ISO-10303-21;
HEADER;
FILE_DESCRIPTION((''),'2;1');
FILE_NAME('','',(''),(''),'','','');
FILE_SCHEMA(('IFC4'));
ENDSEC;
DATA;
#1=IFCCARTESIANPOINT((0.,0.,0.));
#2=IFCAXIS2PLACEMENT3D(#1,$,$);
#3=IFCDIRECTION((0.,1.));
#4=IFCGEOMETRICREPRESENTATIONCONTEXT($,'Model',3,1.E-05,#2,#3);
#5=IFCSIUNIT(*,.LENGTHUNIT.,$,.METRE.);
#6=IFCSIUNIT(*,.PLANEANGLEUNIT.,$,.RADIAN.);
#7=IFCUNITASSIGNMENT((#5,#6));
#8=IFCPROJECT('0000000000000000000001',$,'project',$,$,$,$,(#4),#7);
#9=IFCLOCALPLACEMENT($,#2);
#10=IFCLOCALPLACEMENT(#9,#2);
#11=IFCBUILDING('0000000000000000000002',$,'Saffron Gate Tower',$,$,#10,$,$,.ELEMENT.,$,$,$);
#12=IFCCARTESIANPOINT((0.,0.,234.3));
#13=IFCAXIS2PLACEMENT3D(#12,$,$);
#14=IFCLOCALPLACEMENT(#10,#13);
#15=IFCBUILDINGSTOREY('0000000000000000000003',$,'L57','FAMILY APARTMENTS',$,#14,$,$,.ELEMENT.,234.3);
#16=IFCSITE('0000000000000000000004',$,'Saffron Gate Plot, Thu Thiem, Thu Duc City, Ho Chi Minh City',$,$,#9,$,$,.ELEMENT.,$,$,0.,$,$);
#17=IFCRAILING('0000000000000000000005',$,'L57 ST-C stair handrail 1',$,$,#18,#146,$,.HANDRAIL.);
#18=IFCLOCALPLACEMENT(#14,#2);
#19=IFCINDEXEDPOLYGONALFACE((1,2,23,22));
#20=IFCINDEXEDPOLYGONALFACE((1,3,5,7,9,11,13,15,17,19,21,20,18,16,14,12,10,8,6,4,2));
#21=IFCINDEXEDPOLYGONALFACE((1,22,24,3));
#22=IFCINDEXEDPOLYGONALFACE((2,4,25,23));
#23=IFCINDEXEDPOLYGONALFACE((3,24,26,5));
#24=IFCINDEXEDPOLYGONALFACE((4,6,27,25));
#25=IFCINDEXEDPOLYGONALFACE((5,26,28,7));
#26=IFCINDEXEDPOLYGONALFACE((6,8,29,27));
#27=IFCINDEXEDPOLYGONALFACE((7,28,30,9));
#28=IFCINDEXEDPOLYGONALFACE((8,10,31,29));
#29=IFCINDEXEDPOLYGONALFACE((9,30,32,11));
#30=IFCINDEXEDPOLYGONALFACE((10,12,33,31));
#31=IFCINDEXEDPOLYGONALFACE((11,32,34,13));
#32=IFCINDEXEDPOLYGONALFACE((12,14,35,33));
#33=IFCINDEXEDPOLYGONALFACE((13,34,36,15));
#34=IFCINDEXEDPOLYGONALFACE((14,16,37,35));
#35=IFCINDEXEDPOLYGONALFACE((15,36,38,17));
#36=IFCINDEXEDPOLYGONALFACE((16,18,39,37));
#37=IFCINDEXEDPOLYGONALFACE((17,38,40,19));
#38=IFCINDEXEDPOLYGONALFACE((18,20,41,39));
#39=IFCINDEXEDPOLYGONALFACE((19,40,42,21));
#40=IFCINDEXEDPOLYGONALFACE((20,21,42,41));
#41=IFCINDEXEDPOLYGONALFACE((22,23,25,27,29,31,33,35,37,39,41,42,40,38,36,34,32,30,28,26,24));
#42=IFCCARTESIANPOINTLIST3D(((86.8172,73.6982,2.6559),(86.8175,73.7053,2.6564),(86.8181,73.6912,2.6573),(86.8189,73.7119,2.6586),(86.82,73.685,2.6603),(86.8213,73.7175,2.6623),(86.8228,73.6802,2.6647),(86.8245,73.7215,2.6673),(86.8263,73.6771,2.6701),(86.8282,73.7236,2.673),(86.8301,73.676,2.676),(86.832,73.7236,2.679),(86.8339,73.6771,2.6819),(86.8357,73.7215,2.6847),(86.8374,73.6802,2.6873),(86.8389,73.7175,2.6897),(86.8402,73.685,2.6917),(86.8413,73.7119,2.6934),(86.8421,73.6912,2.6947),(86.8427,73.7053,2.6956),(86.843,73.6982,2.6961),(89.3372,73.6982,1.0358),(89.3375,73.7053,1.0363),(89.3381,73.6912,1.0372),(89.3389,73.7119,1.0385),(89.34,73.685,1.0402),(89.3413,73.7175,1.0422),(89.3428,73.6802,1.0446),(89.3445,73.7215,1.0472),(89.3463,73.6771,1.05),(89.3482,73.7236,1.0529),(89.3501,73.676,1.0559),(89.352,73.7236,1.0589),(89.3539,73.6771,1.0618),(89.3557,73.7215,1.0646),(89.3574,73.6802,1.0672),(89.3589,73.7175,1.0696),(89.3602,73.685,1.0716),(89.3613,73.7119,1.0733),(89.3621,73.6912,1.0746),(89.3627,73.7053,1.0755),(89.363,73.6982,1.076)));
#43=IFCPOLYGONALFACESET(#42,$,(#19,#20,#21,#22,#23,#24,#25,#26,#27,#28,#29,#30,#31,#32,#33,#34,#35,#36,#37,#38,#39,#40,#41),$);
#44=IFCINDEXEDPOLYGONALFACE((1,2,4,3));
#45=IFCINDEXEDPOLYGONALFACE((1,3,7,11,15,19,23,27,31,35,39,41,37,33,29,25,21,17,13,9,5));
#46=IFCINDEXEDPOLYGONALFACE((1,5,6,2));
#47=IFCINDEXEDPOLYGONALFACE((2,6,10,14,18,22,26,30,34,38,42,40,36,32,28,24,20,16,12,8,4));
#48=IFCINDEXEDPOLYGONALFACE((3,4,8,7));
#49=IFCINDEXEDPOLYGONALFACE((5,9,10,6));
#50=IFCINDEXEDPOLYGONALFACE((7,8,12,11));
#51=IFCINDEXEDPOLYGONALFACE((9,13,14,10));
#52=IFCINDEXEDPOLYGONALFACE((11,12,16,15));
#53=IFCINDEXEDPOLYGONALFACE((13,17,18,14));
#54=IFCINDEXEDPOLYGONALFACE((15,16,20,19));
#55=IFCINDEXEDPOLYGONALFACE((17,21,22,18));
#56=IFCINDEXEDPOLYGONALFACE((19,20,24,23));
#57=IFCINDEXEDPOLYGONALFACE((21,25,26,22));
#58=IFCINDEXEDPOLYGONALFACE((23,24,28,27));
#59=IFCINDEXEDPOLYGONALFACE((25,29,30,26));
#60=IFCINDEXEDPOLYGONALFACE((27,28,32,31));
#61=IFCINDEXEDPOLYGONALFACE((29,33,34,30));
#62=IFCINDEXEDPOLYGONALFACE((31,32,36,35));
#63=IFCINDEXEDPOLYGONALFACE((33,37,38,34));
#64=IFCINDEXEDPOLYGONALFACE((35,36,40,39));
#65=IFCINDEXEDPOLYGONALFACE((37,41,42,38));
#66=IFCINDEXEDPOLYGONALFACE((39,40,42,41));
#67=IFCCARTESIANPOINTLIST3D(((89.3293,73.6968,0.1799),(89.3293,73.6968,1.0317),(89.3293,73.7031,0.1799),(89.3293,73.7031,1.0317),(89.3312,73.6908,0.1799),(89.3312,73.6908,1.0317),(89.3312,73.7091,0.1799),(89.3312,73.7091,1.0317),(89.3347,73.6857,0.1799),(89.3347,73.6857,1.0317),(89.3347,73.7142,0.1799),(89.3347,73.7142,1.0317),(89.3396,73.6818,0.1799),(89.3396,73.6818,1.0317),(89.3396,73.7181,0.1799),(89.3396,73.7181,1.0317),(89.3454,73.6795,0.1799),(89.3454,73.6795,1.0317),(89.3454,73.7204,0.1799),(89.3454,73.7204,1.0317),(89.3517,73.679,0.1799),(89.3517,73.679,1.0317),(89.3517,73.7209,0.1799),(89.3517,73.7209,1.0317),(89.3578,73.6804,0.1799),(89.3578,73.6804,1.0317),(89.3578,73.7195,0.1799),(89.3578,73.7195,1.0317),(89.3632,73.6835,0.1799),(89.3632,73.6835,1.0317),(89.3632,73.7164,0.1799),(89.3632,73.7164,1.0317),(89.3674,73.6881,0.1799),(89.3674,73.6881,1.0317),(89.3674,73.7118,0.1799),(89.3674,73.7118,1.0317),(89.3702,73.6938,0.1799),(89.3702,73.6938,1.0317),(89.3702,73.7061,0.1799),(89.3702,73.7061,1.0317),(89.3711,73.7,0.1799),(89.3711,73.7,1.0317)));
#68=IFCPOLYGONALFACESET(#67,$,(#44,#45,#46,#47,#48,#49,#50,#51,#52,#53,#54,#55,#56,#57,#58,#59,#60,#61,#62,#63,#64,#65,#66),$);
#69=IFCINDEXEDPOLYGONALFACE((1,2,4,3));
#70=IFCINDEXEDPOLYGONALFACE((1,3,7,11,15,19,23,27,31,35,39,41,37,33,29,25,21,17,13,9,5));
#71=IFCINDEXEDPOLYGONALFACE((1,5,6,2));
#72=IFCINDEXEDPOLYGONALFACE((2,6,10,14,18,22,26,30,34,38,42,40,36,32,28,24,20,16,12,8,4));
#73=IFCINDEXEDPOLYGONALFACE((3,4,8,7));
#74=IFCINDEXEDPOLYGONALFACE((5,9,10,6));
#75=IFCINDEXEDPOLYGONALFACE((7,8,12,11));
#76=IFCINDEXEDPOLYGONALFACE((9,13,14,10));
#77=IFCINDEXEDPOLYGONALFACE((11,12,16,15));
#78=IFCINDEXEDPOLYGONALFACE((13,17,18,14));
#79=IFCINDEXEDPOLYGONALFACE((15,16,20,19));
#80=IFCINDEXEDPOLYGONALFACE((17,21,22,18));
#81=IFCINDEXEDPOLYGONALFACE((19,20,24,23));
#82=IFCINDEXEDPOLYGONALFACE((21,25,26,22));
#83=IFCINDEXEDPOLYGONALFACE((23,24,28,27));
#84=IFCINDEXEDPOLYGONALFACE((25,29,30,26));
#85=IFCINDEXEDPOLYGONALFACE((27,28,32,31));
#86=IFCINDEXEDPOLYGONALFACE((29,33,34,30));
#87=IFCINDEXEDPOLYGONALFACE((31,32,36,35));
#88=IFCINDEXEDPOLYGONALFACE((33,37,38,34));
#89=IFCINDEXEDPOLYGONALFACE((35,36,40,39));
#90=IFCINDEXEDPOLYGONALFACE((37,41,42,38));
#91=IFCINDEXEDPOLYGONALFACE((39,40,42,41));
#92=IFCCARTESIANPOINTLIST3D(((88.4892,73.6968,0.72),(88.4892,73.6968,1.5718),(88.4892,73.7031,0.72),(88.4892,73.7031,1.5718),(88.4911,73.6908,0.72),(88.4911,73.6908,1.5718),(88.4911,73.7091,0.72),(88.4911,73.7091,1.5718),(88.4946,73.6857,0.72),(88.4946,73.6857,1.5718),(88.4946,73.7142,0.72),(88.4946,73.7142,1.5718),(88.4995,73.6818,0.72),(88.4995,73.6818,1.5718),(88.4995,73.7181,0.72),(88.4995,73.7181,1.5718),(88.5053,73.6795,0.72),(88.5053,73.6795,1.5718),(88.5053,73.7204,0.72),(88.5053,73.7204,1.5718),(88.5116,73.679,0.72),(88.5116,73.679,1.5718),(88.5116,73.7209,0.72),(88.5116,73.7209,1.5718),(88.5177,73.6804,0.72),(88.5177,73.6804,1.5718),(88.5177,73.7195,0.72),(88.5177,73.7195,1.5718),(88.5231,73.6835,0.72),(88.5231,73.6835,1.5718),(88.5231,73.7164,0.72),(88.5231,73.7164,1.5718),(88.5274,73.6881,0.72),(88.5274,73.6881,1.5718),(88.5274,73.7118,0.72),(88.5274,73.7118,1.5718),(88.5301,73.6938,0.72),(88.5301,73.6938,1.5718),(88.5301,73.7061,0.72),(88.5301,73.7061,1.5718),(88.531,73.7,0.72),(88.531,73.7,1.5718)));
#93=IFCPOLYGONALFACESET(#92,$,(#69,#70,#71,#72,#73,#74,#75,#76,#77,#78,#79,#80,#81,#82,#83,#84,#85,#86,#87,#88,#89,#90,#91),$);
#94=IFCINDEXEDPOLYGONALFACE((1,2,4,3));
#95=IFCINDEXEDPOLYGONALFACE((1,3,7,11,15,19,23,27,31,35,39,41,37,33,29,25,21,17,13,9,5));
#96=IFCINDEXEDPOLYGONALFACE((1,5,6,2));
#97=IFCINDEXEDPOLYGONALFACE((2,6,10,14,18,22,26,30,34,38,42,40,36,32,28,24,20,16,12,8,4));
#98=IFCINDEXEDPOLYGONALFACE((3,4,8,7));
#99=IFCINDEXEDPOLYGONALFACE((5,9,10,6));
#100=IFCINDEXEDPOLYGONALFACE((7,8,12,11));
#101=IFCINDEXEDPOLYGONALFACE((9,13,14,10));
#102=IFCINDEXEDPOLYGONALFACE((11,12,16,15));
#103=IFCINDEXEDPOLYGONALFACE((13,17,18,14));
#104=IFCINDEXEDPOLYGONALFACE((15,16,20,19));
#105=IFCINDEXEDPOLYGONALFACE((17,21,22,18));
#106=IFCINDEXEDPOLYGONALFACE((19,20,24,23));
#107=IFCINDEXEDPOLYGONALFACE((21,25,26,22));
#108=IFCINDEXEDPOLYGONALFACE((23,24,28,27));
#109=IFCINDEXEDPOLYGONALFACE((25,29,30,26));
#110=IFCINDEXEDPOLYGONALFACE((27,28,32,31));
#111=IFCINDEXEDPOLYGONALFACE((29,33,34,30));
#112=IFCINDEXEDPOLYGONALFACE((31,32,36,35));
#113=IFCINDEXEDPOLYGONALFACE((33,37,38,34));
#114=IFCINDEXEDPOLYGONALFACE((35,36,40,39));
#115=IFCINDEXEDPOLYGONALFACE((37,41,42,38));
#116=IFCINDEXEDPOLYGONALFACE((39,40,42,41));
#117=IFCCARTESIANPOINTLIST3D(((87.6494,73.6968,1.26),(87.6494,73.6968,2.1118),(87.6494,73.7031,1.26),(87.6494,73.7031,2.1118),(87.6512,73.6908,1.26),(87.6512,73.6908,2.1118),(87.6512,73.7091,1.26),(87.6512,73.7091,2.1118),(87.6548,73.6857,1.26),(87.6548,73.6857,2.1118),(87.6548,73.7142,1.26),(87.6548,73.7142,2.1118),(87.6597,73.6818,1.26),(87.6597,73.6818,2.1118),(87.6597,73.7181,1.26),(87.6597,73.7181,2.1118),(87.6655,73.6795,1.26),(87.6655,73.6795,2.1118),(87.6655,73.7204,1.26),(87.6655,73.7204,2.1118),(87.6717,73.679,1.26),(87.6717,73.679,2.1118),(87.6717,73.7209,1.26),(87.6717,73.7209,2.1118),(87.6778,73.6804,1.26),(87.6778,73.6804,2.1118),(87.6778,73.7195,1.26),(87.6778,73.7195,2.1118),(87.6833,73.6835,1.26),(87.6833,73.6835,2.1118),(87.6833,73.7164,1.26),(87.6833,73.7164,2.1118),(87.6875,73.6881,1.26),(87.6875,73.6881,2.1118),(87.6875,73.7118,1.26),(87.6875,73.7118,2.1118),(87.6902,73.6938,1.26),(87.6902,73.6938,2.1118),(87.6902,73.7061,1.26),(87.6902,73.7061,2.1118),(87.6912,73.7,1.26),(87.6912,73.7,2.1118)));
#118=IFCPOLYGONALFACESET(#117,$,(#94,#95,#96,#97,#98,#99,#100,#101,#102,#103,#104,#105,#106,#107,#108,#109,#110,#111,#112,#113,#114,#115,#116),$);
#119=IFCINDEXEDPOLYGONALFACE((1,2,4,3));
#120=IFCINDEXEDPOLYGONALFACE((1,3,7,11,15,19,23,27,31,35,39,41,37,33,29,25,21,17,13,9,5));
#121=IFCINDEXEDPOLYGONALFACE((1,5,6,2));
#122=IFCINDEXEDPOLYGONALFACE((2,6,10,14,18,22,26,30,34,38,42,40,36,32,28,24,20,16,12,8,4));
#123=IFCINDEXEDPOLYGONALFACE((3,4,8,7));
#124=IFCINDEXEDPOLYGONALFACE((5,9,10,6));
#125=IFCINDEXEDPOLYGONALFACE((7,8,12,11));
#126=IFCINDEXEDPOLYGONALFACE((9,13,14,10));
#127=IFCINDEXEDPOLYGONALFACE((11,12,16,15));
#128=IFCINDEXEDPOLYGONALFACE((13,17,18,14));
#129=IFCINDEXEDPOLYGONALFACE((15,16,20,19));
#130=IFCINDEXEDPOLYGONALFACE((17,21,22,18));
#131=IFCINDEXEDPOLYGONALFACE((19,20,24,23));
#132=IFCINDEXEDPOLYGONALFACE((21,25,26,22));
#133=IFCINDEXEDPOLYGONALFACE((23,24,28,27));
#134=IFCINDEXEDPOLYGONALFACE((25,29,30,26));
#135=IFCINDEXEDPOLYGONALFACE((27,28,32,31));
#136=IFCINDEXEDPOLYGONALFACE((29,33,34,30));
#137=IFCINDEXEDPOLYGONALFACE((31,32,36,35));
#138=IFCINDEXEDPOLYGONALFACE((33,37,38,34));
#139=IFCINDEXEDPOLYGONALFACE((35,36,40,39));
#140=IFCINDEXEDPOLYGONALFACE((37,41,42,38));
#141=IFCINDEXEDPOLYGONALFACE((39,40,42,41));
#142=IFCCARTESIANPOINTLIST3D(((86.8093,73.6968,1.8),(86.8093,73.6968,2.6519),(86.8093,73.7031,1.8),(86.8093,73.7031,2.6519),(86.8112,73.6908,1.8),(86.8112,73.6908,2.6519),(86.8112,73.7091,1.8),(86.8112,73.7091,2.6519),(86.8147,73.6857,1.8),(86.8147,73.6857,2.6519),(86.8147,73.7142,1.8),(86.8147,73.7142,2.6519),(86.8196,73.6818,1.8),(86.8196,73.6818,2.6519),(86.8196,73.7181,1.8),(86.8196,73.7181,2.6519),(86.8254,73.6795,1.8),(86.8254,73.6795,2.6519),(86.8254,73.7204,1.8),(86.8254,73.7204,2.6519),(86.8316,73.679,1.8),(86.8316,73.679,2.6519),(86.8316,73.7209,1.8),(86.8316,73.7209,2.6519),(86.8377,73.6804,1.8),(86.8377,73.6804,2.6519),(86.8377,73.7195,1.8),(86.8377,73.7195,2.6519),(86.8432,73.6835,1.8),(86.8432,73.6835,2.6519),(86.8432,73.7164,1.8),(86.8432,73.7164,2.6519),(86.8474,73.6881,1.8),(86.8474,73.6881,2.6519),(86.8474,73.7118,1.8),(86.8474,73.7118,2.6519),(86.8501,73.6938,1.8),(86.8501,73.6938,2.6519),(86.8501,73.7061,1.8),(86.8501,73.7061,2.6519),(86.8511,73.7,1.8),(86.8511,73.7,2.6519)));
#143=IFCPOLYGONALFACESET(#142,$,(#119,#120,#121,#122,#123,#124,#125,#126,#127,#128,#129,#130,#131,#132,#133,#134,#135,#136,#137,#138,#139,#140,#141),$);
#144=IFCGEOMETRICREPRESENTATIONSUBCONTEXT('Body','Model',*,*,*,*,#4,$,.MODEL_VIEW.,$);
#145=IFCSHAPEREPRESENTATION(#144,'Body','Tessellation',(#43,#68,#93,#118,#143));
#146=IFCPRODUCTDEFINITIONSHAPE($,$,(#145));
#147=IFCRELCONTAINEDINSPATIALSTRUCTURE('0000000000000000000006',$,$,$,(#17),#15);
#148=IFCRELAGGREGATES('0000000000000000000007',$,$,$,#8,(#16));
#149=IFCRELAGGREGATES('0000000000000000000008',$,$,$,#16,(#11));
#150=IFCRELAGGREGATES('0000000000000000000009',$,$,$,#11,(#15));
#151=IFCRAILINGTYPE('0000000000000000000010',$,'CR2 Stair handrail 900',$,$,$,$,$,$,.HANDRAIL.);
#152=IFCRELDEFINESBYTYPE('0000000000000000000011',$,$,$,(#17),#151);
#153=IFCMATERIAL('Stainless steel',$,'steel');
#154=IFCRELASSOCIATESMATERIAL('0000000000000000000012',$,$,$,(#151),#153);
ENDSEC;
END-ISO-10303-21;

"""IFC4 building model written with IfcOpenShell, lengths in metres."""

from ifc_helpers import new_model, si_unit, direction, frame, origin, origin_2d, place, context, subcontext, project, spatial, circle, extrude, material, type_object, element, save


model = new_model("IFC4")

# Units and contexts
model_context = context("Model", 3, precision=1e-05, world=origin(), true_north=direction((0.0, 1.0)))
body_context = subcontext(model_context, "Body", "Model", "MODEL_VIEW")
ifc_project = project(units=[si_unit("LENGTHUNIT", "METRE"), si_unit("PLANEANGLEUNIT", "RADIAN")], contexts=[model_context])

# Site, building, storey
site_placement = place(None, origin())
site = spatial("IfcSite", under=ifc_project, at=site_placement, Name="Saffron Gate Plot, Thu Thiem, Thu Duc City, Ho Chi Minh City", CompositionType="ELEMENT", RefElevation=0.0)
building_placement = place(site_placement, origin())
building = spatial("IfcBuilding", under=site, at=building_placement, Name="Saffron Gate Tower", CompositionType="ELEMENT")
storey_placement = place(building_placement, frame((0.0, 0.0, 234.3)))
storey = spatial("IfcBuildingStorey", under=building, at=storey_placement, Name="L57", Description="FAMILY APARTMENTS", CompositionType="ELEMENT", Elevation=234.3)

# Railing
ifc_material_1 = material(Name="Stainless steel", Category="steel")
railing_type_1 = type_object("IfcRailingType", Name="CR2 Stair handrail 900", PredefinedType="HANDRAIL", material=ifc_material_1)
railing_1_placement = place(storey_placement, frame((89.3501, 73.7, 0.1799)))
element("IfcRailing", 1, at=railing_1_placement, inside=storey, type_object=railing_type_1, Name="L57 ST-C stair handrail 1", PredefinedType="HANDRAIL", context=body_context, shape_type="SweptSolid", body=[
    extrude(circle(Radius=0.0239, at=origin_2d()), frame((0.0, 0.0, 0.876), z_axis=(-0.841163, 0.0, 0.540782), x_axis=(0.0, -1.0, 0.0)), (0.0, 0.0, 1.0), 2.9958),
    extrude(circle(Radius=0.021, at=origin_2d()), origin(), (0.0, 0.0, 1.0), 0.8518),
    extrude(circle(Radius=0.021, at=origin_2d()), frame((-0.8401, 0.0, 0.54)), (0.0, 0.0, 1.0), 0.8518),
    extrude(circle(Radius=0.021, at=origin_2d()), frame((-1.6799, 0.0, 1.0801)), (0.0, 0.0, 1.0), 0.8518),
    extrude(circle(Radius=0.021, at=origin_2d()), frame((-2.52, 0.0, 1.6201)), (0.0, 0.0, 1.0), 0.8518),
])

save(model, "model.ifc")
